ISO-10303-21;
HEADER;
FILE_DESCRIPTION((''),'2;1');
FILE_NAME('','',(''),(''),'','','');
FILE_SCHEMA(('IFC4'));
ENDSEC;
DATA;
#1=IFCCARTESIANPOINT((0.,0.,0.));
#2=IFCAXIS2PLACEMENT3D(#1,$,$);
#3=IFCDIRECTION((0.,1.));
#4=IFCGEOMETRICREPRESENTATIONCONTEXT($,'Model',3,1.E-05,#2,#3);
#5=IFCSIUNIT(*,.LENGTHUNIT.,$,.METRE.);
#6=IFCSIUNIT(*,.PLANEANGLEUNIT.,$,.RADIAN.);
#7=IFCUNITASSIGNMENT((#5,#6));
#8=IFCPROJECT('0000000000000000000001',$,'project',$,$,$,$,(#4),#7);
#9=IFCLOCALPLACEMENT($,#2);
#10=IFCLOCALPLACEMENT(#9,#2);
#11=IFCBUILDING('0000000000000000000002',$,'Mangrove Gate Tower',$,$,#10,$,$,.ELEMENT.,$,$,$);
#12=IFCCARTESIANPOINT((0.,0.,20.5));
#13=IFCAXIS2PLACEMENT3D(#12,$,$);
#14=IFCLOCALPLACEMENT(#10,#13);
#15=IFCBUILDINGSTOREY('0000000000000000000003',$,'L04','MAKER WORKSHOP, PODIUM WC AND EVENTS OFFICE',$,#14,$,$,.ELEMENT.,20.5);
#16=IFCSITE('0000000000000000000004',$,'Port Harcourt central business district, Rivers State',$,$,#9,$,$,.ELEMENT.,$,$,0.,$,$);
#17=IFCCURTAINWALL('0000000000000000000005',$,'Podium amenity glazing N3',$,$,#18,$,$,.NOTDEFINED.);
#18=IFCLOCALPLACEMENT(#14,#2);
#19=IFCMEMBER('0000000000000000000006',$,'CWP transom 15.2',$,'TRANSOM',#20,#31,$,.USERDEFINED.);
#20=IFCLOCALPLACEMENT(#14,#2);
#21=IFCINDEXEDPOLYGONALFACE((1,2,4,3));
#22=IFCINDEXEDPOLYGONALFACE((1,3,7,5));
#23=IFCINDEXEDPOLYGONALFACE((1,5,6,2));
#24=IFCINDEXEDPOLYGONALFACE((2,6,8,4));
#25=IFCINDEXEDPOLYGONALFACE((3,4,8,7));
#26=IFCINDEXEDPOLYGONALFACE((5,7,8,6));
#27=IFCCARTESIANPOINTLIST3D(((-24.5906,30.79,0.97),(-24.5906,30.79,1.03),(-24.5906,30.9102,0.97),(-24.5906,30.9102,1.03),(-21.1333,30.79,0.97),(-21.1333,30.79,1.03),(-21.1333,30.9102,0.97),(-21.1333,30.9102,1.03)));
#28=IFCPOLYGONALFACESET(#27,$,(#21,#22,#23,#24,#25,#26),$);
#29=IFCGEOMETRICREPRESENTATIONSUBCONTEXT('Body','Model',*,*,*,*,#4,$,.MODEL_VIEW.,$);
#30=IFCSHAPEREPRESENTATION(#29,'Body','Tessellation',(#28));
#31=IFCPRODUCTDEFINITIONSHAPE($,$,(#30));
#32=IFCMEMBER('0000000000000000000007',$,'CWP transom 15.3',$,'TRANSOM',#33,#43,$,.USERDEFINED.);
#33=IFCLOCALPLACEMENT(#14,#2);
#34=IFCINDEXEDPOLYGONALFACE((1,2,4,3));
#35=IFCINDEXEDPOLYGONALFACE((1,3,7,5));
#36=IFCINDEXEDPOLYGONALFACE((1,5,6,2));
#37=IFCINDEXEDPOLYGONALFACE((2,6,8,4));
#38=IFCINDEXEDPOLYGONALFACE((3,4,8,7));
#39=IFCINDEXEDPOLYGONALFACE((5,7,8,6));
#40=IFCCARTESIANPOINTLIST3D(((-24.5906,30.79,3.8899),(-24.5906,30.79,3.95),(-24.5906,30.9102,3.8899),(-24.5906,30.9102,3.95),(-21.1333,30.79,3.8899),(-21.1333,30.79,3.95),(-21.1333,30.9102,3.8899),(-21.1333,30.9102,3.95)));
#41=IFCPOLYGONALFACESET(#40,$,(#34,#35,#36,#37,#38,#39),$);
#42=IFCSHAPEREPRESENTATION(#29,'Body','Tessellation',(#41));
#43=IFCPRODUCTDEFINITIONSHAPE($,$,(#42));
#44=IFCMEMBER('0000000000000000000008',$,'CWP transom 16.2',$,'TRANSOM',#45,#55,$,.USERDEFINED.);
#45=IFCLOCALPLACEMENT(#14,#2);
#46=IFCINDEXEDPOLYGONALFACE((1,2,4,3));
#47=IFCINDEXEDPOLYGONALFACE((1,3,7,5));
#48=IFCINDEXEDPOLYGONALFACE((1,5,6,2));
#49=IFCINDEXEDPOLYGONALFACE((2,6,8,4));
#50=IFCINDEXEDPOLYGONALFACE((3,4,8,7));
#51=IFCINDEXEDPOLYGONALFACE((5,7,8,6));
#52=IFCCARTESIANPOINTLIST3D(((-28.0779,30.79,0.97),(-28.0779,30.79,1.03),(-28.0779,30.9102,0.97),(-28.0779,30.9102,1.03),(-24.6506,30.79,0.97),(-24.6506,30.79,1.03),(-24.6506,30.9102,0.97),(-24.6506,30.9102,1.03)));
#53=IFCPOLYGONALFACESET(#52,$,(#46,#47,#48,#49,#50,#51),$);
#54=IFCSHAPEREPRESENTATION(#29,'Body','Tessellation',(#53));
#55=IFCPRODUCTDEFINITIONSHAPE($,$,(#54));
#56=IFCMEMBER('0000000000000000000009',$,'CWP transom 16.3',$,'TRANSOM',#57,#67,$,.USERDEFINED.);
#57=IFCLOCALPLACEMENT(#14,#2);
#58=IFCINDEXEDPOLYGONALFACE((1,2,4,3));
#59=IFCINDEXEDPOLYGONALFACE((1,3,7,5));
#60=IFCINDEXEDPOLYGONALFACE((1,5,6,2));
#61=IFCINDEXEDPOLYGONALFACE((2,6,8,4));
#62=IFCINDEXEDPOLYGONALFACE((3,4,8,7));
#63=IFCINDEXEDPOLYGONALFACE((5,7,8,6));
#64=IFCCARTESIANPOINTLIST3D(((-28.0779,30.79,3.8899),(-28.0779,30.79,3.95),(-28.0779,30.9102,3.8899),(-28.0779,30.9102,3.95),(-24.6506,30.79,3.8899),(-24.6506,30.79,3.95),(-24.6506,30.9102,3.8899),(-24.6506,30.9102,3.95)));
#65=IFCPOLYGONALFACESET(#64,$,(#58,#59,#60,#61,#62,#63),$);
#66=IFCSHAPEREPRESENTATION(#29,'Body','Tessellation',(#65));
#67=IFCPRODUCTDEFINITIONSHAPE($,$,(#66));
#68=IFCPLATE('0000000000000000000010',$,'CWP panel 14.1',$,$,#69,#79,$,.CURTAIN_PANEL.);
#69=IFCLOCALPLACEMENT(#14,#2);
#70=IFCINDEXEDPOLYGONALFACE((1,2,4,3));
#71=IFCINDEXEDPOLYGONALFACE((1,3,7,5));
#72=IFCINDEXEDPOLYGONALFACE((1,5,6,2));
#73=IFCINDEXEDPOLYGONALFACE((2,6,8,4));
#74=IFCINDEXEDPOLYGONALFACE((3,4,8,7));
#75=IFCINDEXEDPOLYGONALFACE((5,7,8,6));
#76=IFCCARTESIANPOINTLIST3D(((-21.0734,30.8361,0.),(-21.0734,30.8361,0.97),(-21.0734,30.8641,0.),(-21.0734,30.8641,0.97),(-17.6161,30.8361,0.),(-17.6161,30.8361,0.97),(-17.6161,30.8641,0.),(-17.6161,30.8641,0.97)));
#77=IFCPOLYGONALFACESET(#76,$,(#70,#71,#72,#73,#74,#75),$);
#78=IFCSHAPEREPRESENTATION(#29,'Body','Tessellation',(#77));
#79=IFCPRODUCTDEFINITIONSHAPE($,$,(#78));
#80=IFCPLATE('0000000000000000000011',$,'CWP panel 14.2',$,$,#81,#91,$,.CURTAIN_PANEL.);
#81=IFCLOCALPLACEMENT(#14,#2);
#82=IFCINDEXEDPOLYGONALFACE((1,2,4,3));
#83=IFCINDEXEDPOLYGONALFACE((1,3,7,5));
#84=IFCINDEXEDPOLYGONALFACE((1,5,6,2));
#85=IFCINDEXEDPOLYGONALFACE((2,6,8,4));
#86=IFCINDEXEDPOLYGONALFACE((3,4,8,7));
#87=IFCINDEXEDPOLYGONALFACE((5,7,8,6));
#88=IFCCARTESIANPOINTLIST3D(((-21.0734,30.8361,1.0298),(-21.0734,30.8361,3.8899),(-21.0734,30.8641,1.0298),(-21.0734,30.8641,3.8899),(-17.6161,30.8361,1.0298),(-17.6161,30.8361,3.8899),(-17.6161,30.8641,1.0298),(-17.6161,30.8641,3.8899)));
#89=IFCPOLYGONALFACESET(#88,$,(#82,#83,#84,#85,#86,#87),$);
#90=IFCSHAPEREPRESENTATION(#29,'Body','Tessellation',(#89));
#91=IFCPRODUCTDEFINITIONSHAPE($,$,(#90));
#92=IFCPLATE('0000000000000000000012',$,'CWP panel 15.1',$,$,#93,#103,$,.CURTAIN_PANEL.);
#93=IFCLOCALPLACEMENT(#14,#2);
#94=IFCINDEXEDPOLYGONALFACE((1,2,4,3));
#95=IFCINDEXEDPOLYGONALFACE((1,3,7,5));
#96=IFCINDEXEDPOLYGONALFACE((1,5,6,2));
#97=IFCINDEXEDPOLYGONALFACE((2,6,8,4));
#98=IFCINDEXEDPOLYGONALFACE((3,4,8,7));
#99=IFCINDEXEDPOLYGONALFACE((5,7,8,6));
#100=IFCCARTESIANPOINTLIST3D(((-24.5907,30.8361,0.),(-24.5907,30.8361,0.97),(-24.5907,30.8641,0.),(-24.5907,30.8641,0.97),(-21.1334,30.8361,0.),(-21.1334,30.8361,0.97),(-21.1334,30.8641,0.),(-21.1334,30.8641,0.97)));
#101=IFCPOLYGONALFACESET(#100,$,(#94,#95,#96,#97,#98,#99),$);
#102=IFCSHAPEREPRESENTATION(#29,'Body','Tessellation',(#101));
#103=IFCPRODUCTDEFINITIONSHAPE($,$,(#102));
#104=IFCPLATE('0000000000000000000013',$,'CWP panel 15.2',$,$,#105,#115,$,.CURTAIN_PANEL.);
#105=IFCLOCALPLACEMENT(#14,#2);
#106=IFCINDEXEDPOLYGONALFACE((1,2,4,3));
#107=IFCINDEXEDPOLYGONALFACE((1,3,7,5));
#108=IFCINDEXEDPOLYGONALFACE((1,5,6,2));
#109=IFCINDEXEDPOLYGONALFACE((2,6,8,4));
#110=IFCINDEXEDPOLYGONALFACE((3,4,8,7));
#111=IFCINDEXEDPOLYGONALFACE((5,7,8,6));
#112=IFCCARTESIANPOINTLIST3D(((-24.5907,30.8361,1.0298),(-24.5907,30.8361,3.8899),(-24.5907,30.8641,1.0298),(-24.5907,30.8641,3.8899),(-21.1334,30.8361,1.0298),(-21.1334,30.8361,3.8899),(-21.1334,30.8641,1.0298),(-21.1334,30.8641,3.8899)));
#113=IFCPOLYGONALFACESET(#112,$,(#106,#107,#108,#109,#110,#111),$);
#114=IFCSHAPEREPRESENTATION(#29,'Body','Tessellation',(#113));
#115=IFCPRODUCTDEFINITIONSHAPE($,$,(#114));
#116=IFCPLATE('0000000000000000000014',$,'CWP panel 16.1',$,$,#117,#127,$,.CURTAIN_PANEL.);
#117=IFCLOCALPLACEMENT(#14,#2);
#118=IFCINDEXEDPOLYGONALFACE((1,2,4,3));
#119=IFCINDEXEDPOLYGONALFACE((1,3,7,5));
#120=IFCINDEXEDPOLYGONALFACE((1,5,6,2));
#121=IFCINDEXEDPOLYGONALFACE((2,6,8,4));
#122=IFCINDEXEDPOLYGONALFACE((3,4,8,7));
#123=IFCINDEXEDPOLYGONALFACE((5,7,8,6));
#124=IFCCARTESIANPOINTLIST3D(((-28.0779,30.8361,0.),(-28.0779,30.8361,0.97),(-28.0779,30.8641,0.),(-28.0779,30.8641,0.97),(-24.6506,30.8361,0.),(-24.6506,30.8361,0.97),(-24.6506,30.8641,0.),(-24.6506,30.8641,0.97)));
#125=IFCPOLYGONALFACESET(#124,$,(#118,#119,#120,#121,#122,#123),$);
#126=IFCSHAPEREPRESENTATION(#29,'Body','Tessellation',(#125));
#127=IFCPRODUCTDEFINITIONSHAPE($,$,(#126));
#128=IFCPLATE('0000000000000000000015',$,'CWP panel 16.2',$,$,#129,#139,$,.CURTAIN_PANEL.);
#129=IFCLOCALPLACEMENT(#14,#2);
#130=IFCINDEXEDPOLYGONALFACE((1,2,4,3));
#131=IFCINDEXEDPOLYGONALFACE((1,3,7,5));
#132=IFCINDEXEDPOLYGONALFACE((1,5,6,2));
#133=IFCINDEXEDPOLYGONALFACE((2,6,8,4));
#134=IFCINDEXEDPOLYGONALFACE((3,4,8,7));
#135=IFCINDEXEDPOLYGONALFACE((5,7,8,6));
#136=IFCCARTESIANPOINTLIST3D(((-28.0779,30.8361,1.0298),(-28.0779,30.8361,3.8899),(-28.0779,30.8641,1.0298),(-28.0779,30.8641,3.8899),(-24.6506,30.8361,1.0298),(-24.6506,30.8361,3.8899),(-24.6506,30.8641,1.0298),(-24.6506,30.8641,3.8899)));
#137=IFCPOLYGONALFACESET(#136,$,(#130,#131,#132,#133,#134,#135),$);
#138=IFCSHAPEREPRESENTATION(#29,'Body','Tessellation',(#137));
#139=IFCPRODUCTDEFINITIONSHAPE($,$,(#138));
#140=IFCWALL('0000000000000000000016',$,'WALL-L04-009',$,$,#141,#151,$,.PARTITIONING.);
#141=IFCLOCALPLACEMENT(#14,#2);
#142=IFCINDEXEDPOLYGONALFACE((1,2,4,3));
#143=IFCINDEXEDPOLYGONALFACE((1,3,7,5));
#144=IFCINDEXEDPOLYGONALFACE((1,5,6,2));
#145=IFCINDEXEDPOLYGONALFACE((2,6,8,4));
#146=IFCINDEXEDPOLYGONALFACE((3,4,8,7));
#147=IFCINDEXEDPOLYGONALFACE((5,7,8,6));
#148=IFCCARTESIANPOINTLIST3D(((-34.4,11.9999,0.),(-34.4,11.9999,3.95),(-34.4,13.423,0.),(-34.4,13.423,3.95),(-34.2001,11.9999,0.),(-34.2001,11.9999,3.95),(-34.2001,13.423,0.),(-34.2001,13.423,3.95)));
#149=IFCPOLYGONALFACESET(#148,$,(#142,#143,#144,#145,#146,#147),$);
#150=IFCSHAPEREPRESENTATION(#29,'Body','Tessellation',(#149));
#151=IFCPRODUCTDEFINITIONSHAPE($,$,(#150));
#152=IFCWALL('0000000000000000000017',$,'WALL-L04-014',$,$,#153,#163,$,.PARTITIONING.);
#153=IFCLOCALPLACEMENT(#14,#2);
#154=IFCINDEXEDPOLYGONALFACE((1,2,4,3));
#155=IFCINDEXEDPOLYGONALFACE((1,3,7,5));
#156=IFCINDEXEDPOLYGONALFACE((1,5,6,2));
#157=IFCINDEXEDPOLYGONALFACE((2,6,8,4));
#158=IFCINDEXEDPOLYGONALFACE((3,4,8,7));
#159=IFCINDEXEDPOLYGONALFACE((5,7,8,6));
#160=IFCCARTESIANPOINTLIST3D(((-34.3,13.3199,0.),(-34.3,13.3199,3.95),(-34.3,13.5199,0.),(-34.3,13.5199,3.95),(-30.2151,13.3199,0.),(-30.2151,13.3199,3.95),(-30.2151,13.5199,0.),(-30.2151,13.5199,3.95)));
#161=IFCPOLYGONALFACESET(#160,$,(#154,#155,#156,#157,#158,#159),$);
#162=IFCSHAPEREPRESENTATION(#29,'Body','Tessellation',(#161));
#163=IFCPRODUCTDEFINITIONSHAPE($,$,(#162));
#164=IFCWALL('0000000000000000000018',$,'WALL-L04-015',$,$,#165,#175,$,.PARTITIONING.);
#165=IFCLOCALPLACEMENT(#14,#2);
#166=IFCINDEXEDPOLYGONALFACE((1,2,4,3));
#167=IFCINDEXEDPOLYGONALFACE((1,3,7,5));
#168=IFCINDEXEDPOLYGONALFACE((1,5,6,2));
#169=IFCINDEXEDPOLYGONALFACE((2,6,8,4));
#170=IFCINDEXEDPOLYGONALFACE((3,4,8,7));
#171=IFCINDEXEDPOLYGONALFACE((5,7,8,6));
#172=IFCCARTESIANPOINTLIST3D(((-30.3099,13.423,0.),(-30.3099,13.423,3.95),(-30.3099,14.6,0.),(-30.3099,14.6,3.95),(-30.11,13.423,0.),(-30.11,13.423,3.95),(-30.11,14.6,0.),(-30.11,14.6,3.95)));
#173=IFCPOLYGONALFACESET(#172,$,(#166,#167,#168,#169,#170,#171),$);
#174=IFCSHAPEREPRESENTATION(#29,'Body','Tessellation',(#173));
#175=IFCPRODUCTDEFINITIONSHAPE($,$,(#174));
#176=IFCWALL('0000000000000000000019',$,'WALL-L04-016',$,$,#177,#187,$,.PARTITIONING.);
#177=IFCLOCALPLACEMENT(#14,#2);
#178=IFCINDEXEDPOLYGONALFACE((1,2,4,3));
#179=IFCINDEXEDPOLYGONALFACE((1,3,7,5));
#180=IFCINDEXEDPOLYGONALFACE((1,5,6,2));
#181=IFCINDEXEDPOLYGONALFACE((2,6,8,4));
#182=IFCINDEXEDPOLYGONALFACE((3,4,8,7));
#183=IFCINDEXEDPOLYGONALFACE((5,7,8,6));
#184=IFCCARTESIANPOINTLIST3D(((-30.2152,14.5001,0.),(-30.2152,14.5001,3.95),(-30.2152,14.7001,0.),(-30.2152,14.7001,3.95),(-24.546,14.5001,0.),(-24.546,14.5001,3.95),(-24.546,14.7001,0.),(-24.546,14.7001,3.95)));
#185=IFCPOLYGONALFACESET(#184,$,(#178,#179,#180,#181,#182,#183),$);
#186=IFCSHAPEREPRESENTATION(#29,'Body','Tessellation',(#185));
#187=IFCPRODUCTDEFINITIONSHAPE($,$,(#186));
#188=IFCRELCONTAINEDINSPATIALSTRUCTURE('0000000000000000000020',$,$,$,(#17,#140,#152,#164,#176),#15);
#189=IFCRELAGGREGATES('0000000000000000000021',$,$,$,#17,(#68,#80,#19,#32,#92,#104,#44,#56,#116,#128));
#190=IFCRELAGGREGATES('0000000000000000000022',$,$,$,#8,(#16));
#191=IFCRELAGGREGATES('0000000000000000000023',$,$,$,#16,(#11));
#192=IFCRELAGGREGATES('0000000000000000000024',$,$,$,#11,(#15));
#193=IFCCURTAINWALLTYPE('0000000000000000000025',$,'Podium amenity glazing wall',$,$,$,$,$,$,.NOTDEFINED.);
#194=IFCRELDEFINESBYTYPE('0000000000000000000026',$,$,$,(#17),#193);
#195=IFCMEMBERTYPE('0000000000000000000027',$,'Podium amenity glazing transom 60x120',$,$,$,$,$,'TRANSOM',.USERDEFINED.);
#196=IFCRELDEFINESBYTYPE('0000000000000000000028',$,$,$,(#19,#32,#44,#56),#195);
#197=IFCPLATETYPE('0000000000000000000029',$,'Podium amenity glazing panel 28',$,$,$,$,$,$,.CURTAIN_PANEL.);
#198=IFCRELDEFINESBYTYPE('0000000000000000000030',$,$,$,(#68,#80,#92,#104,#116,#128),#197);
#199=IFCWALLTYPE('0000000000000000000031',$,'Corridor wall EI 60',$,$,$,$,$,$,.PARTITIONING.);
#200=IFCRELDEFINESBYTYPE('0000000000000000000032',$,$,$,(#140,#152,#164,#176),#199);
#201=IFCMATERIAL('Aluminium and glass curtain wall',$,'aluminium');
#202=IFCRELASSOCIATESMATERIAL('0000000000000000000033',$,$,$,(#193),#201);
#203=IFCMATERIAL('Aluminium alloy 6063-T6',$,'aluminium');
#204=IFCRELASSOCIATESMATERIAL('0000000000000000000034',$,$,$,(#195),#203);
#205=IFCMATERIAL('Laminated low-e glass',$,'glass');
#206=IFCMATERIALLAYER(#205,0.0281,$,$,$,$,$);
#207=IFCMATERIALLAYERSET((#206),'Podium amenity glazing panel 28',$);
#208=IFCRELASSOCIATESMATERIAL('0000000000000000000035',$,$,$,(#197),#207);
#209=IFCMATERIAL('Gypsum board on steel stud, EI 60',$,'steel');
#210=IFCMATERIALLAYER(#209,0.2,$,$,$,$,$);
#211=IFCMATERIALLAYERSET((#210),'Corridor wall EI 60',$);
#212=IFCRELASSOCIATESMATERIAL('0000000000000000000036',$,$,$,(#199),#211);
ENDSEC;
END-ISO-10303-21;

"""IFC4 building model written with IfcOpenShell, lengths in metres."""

from ifc_helpers import new_model, si_unit, direction, frame, frame_2d, origin, origin_2d, place, context, subcontext, project, spatial, rectangle, extrude, material, layer, layer_set, material_profile, profile_set, type_object, element, aggregate, save


model = new_model("IFC4")

# Units and contexts
model_context = context("Model", 3, precision=1e-05, world=origin(), true_north=direction((0.0, 1.0)))
body_context = subcontext(model_context, "Body", "Model", "MODEL_VIEW")
ifc_project = project(units=[si_unit("LENGTHUNIT", "METRE"), si_unit("PLANEANGLEUNIT", "RADIAN")], contexts=[model_context])

# Site, building, storey
site_placement = place(None, origin())
site = spatial("IfcSite", under=ifc_project, at=site_placement, Name="Port Harcourt central business district, Rivers State", CompositionType="ELEMENT", RefElevation=0.0)
building_placement = place(site_placement, origin())
building = spatial("IfcBuilding", under=site, at=building_placement, Name="Mangrove Gate Tower", CompositionType="ELEMENT")
storey_placement = place(building_placement, frame((0.0, 0.0, 20.5)))
storey = spatial("IfcBuildingStorey", under=building, at=storey_placement, Name="L04", Description="MAKER WORKSHOP, PODIUM WC AND EVENTS OFFICE", CompositionType="ELEMENT", Elevation=20.5)

# Curtain wall, members, plates
ifc_material_1 = material(Name="Aluminium and glass curtain wall", Category="aluminium")
curtain_wall_type = type_object("IfcCurtainWallType", Name="Podium amenity glazing wall", PredefinedType="NOTDEFINED", material=ifc_material_1)
curtain_wall_placement = place(storey_placement, origin())
curtain_wall = element("IfcCurtainWall", 1, at=curtain_wall_placement, inside=storey, type_object=curtain_wall_type, Name="Podium amenity glazing N3", PredefinedType="NOTDEFINED")
ifc_material_2 = material(Name="Aluminium alloy 6063-T6", Category="aluminium")
ifc_material_profile_1 = material_profile(ifc_material_2, rectangle(XDim=0.0601, YDim=0.1201, at=origin_2d()))
ifc_profile_set_1 = profile_set([ifc_material_profile_1], Name="Aluminium alloy 6063-T6")
member_type_1 = type_object("IfcMemberType", Name="Podium amenity glazing transom 60x120", ElementType="TRANSOM", PredefinedType="USERDEFINED", material=ifc_profile_set_1)
member_1_placement = place(storey_placement, frame((-21.1333, 30.8501, 1.0), z_axis=(-1.0, 0.0, 0.0), x_axis=(0.0, 0.0, 1.0)))
member_1 = element("IfcMember", 2, at=member_1_placement, type_object=member_type_1, Name="CWP transom 15.2", ObjectType="TRANSOM", PredefinedType="USERDEFINED", context=body_context, shape_type="SweptSolid", body=[
    extrude(rectangle(XDim=0.0601, YDim=0.1201, at=origin_2d()), origin(), (0.0, 0.0, 1.0), 3.4573),
])
member_2_placement = place(storey_placement, frame((-21.1333, 30.8501, 3.9199), z_axis=(-1.0, 0.0, 0.0), x_axis=(0.0, 0.0, 1.0)))
member_2 = element("IfcMember", 3, at=member_2_placement, type_object=member_type_1, Name="CWP transom 15.3", ObjectType="TRANSOM", PredefinedType="USERDEFINED", context=body_context, shape_type="SweptSolid", body=[
    extrude(rectangle(XDim=0.0601, YDim=0.1201, at=origin_2d()), origin(), (0.0, 0.0, 1.0), 3.4573),
])
member_3_placement = place(storey_placement, frame((-24.6506, 30.8501, 1.0), z_axis=(-1.0, 0.0, 0.0), x_axis=(0.0, 0.0, 1.0)))
member_3 = element("IfcMember", 4, at=member_3_placement, type_object=member_type_1, Name="CWP transom 16.2", ObjectType="TRANSOM", PredefinedType="USERDEFINED", context=body_context, shape_type="SweptSolid", body=[
    extrude(rectangle(XDim=0.0601, YDim=0.1201, at=origin_2d()), origin(), (0.0, 0.0, 1.0), 3.4272),
])
member_4_placement = place(storey_placement, frame((-24.6506, 30.8501, 3.9199), z_axis=(-1.0, 0.0, 0.0), x_axis=(0.0, 0.0, 1.0)))
member_4 = element("IfcMember", 5, at=member_4_placement, type_object=member_type_1, Name="CWP transom 16.3", ObjectType="TRANSOM", PredefinedType="USERDEFINED", context=body_context, shape_type="SweptSolid", body=[
    extrude(rectangle(XDim=0.0601, YDim=0.1201, at=origin_2d()), origin(), (0.0, 0.0, 1.0), 3.4272),
])
ifc_material_3 = material(Name="Laminated low-e glass", Category="glass")
ifc_layer_1 = layer(ifc_material_3, 0.0281)
ifc_layer_set_1 = layer_set([ifc_layer_1], Name="Podium amenity glazing panel 28")
plate_type = type_object("IfcPlateType", Name="Podium amenity glazing panel 28", PredefinedType="CURTAIN_PANEL", material=ifc_layer_set_1)
plate_1_placement = place(storey_placement, frame((-19.3447, 30.8501, 0.0), z_axis=(0.0, 0.0, 1.0), x_axis=(-1.0, 0.0, 0.0)))
plate_1 = element("IfcPlate", 6, at=plate_1_placement, type_object=plate_type, Name="CWP panel 14.1", PredefinedType="CURTAIN_PANEL", context=body_context, shape_type="SweptSolid", body=[
    extrude(rectangle(XDim=3.4573, YDim=0.0281, at=origin_2d()), origin(), (0.0, 0.0, 1.0), 0.97),
])
plate_2_placement = place(storey_placement, frame((-19.3447, 30.8501, 1.0298), z_axis=(0.0, 0.0, 1.0), x_axis=(-1.0, 0.0, 0.0)))
plate_2 = element("IfcPlate", 7, at=plate_2_placement, type_object=plate_type, Name="CWP panel 14.2", PredefinedType="CURTAIN_PANEL", context=body_context, shape_type="SweptSolid", body=[
    extrude(rectangle(XDim=3.4573, YDim=0.0281, at=origin_2d()), origin(), (0.0, 0.0, 1.0), 2.8601),
])
plate_3_placement = place(storey_placement, frame((-22.8621, 30.8501, 0.0), z_axis=(0.0, 0.0, 1.0), x_axis=(-1.0, 0.0, 0.0)))
plate_3 = element("IfcPlate", 8, at=plate_3_placement, type_object=plate_type, Name="CWP panel 15.1", PredefinedType="CURTAIN_PANEL", context=body_context, shape_type="SweptSolid", body=[
    extrude(rectangle(XDim=3.4573, YDim=0.0281, at=origin_2d()), origin(), (0.0, 0.0, 1.0), 0.97),
])
plate_4_placement = place(storey_placement, frame((-22.8621, 30.8501, 1.0298), z_axis=(0.0, 0.0, 1.0), x_axis=(-1.0, 0.0, 0.0)))
plate_4 = element("IfcPlate", 9, at=plate_4_placement, type_object=plate_type, Name="CWP panel 15.2", PredefinedType="CURTAIN_PANEL", context=body_context, shape_type="SweptSolid", body=[
    extrude(rectangle(XDim=3.4573, YDim=0.0281, at=origin_2d()), origin(), (0.0, 0.0, 1.0), 2.8601),
])
plate_5_placement = place(storey_placement, frame((-26.3643, 30.8501, 0.0), z_axis=(0.0, 0.0, 1.0), x_axis=(-1.0, 0.0, 0.0)))
plate_5 = element("IfcPlate", 10, at=plate_5_placement, type_object=plate_type, Name="CWP panel 16.1", PredefinedType="CURTAIN_PANEL", context=body_context, shape_type="SweptSolid", body=[
    extrude(rectangle(XDim=3.4272, YDim=0.0281, at=origin_2d()), origin(), (0.0, 0.0, 1.0), 0.97),
])
plate_6_placement = place(storey_placement, frame((-26.3643, 30.8501, 1.0298), z_axis=(0.0, 0.0, 1.0), x_axis=(-1.0, 0.0, 0.0)))
plate_6 = element("IfcPlate", 11, at=plate_6_placement, type_object=plate_type, Name="CWP panel 16.2", PredefinedType="CURTAIN_PANEL", context=body_context, shape_type="SweptSolid", body=[
    extrude(rectangle(XDim=3.4272, YDim=0.0281, at=origin_2d()), origin(), (0.0, 0.0, 1.0), 2.8601),
])
aggregate(curtain_wall, [plate_1, plate_2, member_1, member_2, plate_3, plate_4, member_3, member_4, plate_5, plate_6])

# Walls
ifc_material_4 = material(Name="Gypsum board on steel stud, EI 60", Category="steel")
ifc_layer_2 = layer(ifc_material_4, 0.2)
ifc_layer_set_2 = layer_set([ifc_layer_2], Name="Corridor wall EI 60")
wall_type_1 = type_object("IfcWallType", Name="Corridor wall EI 60", PredefinedType="PARTITIONING", material=ifc_layer_set_2)
wall_1_placement = place(storey_placement, frame((-34.3, 12.0, 0.0), z_axis=(0.0, 0.0, 1.0), x_axis=(0.0, 1.0, 0.0)))
element("IfcWall", 12, at=wall_1_placement, inside=storey, type_object=wall_type_1, Name="WALL-L04-009", PredefinedType="PARTITIONING", context=body_context, shape_type="SweptSolid", body=[
    extrude(rectangle(XDim=1.4231, YDim=0.2, at=frame_2d((0.7114, 0.0))), origin(), (0.0, 0.0, 1.0), 3.95),
])
wall_2_placement = place(storey_placement, frame((-34.3, 13.4199, 0.0), z_axis=(0.0, 0.0, 1.0), x_axis=(1.0, 0.0, 0.0)))
element("IfcWall", 13, at=wall_2_placement, inside=storey, type_object=wall_type_1, Name="WALL-L04-014", PredefinedType="PARTITIONING", context=body_context, shape_type="SweptSolid", body=[
    extrude(rectangle(XDim=4.085, YDim=0.2, at=frame_2d((2.0425, 0.0))), origin(), (0.0, 0.0, 1.0), 3.95),
])
wall_3_placement = place(storey_placement, frame((-30.21, 13.4231, 0.0), z_axis=(0.0, 0.0, 1.0), x_axis=(0.0, 1.0, 0.0)))
element("IfcWall", 14, at=wall_3_placement, inside=storey, type_object=wall_type_1, Name="WALL-L04-015", PredefinedType="PARTITIONING", context=body_context, shape_type="SweptSolid", body=[
    extrude(rectangle(XDim=1.177, YDim=0.2, at=frame_2d((0.5884, 0.0))), origin(), (0.0, 0.0, 1.0), 3.95),
])
wall_4_placement = place(storey_placement, frame((-30.2151, 14.6001, 0.0), z_axis=(0.0, 0.0, 1.0), x_axis=(1.0, 0.0, 0.0)))
element("IfcWall", 15, at=wall_4_placement, inside=storey, type_object=wall_type_1, Name="WALL-L04-016", PredefinedType="PARTITIONING", context=body_context, shape_type="SweptSolid", body=[
    extrude(rectangle(XDim=5.6692, YDim=0.2, at=frame_2d((2.8345, 0.0))), origin(), (0.0, 0.0, 1.0), 3.95),
])

save(model, "model.ifc")
